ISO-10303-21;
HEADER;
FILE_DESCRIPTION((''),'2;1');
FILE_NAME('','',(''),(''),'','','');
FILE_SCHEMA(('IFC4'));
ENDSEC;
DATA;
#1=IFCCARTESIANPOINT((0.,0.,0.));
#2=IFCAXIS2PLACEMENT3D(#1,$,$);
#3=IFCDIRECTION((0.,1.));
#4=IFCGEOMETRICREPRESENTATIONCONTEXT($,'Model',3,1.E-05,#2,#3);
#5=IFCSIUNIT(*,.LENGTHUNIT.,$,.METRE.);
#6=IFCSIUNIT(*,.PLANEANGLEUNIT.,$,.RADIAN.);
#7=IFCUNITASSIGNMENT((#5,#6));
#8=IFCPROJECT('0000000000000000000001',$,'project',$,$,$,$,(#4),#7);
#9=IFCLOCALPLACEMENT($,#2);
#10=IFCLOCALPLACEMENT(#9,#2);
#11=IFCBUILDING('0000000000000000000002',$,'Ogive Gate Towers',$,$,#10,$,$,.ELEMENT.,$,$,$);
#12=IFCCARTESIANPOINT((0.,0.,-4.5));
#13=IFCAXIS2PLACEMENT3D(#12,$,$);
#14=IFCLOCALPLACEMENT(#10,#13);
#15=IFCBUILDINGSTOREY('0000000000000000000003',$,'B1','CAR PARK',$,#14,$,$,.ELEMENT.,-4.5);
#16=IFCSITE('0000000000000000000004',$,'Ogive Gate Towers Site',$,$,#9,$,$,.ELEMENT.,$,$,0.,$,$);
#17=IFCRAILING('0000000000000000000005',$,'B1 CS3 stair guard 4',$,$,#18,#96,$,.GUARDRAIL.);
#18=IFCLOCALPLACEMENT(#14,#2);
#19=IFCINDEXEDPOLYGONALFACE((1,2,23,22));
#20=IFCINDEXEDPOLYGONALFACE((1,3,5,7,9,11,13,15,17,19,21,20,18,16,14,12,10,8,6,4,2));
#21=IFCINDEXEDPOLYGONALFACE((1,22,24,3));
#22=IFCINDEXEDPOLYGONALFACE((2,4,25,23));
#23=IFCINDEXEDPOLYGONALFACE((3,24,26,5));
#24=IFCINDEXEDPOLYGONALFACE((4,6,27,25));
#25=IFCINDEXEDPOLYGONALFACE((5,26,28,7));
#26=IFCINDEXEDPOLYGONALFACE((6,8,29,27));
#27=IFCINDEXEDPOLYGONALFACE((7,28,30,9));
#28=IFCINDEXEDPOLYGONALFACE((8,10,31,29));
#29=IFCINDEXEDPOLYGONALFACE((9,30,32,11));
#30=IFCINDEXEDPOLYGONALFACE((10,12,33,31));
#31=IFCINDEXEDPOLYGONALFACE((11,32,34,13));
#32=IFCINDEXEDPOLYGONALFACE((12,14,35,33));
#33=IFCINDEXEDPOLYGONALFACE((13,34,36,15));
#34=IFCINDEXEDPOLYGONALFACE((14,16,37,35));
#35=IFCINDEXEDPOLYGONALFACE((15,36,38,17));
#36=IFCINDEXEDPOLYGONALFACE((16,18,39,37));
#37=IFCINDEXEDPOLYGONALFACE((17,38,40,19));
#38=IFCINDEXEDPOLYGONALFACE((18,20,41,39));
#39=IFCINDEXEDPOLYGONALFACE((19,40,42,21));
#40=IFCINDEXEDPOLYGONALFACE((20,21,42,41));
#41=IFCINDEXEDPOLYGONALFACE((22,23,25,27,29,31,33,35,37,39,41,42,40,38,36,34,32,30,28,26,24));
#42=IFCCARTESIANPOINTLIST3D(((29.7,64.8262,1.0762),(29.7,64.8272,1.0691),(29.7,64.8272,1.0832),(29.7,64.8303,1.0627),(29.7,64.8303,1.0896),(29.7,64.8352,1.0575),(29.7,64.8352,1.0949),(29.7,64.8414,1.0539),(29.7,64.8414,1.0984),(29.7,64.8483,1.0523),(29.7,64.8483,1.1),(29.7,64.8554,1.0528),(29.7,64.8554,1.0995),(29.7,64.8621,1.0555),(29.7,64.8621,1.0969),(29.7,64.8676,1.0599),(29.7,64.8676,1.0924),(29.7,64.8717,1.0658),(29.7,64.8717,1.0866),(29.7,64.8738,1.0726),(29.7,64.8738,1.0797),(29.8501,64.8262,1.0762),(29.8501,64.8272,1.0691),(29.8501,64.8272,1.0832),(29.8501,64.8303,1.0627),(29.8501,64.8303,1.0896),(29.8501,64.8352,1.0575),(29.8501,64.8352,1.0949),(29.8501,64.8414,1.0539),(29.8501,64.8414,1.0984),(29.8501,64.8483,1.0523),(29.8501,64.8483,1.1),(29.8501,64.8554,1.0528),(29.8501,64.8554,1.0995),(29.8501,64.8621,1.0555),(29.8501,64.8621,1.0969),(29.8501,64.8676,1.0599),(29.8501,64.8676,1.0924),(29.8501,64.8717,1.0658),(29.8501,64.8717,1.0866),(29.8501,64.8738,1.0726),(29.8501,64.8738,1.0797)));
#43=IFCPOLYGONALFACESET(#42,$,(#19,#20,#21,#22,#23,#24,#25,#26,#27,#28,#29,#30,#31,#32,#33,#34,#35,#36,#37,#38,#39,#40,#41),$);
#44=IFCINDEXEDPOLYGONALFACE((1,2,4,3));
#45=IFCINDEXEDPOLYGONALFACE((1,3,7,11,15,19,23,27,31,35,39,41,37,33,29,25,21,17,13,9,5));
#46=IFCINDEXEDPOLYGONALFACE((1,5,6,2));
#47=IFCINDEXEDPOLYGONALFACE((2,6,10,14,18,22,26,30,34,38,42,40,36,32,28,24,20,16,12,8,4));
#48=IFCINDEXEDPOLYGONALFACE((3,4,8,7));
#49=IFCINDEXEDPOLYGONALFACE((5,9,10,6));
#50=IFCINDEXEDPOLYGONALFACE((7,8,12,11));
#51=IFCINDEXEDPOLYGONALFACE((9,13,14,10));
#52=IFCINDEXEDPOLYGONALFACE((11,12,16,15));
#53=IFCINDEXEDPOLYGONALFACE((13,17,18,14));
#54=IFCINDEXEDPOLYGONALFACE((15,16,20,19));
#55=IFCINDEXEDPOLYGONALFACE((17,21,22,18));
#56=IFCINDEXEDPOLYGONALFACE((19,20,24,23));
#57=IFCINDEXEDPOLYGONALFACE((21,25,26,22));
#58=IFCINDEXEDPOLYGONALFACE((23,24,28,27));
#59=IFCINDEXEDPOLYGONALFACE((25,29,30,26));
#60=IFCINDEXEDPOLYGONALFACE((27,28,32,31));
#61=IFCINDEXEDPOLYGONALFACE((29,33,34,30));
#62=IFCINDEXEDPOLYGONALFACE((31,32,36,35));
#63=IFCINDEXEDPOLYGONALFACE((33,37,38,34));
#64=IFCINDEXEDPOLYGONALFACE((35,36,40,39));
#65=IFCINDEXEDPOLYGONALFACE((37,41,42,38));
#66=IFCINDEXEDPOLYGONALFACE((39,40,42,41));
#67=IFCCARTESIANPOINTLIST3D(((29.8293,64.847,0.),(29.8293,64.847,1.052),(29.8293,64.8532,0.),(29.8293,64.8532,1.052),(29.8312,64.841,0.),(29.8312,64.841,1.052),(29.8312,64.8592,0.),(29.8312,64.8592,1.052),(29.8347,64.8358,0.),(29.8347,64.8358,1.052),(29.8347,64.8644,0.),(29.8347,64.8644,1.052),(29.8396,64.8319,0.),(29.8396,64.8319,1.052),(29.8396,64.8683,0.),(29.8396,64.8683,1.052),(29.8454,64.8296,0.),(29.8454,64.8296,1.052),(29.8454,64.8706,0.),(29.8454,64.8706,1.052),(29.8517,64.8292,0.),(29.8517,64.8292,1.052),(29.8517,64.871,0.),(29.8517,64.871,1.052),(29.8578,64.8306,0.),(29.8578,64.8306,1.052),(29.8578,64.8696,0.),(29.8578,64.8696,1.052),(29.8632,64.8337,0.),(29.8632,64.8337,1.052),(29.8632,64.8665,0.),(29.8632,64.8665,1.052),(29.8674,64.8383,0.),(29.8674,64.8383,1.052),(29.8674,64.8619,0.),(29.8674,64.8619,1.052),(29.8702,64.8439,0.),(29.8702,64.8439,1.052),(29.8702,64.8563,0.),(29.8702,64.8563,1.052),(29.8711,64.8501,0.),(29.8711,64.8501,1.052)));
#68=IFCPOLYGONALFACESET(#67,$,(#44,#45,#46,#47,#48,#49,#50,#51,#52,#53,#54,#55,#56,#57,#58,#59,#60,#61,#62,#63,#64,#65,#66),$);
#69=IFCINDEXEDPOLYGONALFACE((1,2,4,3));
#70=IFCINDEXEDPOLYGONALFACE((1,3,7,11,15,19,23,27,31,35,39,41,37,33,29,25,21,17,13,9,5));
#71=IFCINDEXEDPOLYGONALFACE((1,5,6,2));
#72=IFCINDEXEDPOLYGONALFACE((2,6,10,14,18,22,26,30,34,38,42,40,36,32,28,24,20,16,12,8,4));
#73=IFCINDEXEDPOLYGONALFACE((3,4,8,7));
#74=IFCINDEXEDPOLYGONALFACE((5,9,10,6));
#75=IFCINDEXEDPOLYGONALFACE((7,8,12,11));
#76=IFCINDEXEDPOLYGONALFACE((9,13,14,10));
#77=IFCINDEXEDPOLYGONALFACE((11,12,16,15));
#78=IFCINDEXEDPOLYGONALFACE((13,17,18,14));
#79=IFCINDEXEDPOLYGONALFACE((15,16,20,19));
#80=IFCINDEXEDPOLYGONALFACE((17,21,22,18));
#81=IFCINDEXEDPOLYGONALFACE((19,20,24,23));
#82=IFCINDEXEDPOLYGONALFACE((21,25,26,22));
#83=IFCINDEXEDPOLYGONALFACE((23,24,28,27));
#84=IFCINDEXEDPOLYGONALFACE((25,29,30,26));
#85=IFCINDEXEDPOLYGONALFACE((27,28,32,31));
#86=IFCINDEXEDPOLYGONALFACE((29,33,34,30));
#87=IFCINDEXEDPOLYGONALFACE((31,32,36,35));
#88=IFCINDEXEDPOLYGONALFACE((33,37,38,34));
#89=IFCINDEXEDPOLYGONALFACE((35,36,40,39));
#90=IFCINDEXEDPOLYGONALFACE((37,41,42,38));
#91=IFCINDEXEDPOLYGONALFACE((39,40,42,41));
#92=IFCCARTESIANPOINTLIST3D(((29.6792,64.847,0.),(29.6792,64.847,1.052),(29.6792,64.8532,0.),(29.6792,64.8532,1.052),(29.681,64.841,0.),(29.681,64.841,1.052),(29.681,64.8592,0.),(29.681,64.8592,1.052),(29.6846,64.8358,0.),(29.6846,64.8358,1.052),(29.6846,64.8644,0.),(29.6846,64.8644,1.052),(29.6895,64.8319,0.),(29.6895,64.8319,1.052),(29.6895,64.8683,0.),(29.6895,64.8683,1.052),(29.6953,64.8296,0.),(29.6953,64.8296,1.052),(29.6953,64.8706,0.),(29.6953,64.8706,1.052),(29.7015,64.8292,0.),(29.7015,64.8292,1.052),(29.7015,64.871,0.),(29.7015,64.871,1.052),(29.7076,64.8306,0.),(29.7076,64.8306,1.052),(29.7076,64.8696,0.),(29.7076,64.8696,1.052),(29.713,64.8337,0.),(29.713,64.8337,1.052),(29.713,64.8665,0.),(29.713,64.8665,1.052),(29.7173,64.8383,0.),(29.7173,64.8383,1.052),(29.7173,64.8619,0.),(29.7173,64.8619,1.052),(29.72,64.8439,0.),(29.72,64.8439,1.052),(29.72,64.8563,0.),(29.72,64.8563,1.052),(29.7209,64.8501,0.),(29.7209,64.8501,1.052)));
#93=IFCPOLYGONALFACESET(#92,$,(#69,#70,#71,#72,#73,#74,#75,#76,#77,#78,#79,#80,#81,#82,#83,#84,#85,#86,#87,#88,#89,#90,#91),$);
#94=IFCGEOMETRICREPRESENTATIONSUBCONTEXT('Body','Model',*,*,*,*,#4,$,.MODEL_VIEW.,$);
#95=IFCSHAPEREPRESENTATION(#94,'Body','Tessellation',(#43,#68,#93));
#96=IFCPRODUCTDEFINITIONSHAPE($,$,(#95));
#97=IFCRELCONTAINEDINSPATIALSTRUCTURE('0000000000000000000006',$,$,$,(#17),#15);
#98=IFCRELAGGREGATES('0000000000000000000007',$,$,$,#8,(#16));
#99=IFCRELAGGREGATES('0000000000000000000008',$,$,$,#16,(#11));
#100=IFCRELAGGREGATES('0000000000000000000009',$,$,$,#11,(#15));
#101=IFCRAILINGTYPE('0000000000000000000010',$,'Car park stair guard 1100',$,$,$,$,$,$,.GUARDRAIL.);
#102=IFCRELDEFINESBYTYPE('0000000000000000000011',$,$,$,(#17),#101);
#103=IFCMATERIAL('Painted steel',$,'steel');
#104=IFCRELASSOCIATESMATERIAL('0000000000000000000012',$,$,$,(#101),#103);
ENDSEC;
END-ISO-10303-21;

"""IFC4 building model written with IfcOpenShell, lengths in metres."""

from ifc_helpers import new_model, si_unit, direction, frame, origin, origin_2d, place, context, subcontext, project, spatial, circle, extrude, material, type_object, element, save


model = new_model("IFC4")

# Units and contexts
model_context = context("Model", 3, precision=1e-05, world=origin(), true_north=direction((0.0, 1.0)))
body_context = subcontext(model_context, "Body", "Model", "MODEL_VIEW")
ifc_project = project(units=[si_unit("LENGTHUNIT", "METRE"), si_unit("PLANEANGLEUNIT", "RADIAN")], contexts=[model_context])

# Site, building, storey
site_placement = place(None, origin())
site = spatial("IfcSite", under=ifc_project, at=site_placement, Name="Ogive Gate Towers Site", CompositionType="ELEMENT", RefElevation=0.0)
building_placement = place(site_placement, origin())
building = spatial("IfcBuilding", under=site, at=building_placement, Name="Ogive Gate Towers", CompositionType="ELEMENT")
storey_placement = place(building_placement, frame((0.0, 0.0, -4.5)))
storey = spatial("IfcBuildingStorey", under=building, at=storey_placement, Name="B1", Description="CAR PARK", CompositionType="ELEMENT", Elevation=-4.5)

# Railing
ifc_material_1 = material(Name="Painted steel", Category="steel")
railing_type_1 = type_object("IfcRailingType", Name="Car park stair guard 1100", PredefinedType="GUARDRAIL", material=ifc_material_1)
railing_1_placement = place(storey_placement, frame((29.8501, 64.8501, 0.0)))
element("IfcRailing", 1, at=railing_1_placement, inside=storey, type_object=railing_type_1, Name="B1 CS3 stair guard 4", PredefinedType="GUARDRAIL", context=body_context, shape_type="SweptSolid", body=[
    extrude(circle(Radius=0.0239, at=origin_2d()), frame((0.0, 0.0, 1.0762), z_axis=(-1.0, 0.0, 0.0), x_axis=(0.0, -1.0, 0.0)), (0.0, 0.0, 1.0), 0.1501),
    extrude(circle(Radius=0.021, at=origin_2d()), origin(), (0.0, 0.0, 1.0), 1.052),
    extrude(circle(Radius=0.021, at=origin_2d()), frame((-0.1501, 0.0, 0.0)), (0.0, 0.0, 1.0), 1.052),
])

save(model, "model.ifc")
